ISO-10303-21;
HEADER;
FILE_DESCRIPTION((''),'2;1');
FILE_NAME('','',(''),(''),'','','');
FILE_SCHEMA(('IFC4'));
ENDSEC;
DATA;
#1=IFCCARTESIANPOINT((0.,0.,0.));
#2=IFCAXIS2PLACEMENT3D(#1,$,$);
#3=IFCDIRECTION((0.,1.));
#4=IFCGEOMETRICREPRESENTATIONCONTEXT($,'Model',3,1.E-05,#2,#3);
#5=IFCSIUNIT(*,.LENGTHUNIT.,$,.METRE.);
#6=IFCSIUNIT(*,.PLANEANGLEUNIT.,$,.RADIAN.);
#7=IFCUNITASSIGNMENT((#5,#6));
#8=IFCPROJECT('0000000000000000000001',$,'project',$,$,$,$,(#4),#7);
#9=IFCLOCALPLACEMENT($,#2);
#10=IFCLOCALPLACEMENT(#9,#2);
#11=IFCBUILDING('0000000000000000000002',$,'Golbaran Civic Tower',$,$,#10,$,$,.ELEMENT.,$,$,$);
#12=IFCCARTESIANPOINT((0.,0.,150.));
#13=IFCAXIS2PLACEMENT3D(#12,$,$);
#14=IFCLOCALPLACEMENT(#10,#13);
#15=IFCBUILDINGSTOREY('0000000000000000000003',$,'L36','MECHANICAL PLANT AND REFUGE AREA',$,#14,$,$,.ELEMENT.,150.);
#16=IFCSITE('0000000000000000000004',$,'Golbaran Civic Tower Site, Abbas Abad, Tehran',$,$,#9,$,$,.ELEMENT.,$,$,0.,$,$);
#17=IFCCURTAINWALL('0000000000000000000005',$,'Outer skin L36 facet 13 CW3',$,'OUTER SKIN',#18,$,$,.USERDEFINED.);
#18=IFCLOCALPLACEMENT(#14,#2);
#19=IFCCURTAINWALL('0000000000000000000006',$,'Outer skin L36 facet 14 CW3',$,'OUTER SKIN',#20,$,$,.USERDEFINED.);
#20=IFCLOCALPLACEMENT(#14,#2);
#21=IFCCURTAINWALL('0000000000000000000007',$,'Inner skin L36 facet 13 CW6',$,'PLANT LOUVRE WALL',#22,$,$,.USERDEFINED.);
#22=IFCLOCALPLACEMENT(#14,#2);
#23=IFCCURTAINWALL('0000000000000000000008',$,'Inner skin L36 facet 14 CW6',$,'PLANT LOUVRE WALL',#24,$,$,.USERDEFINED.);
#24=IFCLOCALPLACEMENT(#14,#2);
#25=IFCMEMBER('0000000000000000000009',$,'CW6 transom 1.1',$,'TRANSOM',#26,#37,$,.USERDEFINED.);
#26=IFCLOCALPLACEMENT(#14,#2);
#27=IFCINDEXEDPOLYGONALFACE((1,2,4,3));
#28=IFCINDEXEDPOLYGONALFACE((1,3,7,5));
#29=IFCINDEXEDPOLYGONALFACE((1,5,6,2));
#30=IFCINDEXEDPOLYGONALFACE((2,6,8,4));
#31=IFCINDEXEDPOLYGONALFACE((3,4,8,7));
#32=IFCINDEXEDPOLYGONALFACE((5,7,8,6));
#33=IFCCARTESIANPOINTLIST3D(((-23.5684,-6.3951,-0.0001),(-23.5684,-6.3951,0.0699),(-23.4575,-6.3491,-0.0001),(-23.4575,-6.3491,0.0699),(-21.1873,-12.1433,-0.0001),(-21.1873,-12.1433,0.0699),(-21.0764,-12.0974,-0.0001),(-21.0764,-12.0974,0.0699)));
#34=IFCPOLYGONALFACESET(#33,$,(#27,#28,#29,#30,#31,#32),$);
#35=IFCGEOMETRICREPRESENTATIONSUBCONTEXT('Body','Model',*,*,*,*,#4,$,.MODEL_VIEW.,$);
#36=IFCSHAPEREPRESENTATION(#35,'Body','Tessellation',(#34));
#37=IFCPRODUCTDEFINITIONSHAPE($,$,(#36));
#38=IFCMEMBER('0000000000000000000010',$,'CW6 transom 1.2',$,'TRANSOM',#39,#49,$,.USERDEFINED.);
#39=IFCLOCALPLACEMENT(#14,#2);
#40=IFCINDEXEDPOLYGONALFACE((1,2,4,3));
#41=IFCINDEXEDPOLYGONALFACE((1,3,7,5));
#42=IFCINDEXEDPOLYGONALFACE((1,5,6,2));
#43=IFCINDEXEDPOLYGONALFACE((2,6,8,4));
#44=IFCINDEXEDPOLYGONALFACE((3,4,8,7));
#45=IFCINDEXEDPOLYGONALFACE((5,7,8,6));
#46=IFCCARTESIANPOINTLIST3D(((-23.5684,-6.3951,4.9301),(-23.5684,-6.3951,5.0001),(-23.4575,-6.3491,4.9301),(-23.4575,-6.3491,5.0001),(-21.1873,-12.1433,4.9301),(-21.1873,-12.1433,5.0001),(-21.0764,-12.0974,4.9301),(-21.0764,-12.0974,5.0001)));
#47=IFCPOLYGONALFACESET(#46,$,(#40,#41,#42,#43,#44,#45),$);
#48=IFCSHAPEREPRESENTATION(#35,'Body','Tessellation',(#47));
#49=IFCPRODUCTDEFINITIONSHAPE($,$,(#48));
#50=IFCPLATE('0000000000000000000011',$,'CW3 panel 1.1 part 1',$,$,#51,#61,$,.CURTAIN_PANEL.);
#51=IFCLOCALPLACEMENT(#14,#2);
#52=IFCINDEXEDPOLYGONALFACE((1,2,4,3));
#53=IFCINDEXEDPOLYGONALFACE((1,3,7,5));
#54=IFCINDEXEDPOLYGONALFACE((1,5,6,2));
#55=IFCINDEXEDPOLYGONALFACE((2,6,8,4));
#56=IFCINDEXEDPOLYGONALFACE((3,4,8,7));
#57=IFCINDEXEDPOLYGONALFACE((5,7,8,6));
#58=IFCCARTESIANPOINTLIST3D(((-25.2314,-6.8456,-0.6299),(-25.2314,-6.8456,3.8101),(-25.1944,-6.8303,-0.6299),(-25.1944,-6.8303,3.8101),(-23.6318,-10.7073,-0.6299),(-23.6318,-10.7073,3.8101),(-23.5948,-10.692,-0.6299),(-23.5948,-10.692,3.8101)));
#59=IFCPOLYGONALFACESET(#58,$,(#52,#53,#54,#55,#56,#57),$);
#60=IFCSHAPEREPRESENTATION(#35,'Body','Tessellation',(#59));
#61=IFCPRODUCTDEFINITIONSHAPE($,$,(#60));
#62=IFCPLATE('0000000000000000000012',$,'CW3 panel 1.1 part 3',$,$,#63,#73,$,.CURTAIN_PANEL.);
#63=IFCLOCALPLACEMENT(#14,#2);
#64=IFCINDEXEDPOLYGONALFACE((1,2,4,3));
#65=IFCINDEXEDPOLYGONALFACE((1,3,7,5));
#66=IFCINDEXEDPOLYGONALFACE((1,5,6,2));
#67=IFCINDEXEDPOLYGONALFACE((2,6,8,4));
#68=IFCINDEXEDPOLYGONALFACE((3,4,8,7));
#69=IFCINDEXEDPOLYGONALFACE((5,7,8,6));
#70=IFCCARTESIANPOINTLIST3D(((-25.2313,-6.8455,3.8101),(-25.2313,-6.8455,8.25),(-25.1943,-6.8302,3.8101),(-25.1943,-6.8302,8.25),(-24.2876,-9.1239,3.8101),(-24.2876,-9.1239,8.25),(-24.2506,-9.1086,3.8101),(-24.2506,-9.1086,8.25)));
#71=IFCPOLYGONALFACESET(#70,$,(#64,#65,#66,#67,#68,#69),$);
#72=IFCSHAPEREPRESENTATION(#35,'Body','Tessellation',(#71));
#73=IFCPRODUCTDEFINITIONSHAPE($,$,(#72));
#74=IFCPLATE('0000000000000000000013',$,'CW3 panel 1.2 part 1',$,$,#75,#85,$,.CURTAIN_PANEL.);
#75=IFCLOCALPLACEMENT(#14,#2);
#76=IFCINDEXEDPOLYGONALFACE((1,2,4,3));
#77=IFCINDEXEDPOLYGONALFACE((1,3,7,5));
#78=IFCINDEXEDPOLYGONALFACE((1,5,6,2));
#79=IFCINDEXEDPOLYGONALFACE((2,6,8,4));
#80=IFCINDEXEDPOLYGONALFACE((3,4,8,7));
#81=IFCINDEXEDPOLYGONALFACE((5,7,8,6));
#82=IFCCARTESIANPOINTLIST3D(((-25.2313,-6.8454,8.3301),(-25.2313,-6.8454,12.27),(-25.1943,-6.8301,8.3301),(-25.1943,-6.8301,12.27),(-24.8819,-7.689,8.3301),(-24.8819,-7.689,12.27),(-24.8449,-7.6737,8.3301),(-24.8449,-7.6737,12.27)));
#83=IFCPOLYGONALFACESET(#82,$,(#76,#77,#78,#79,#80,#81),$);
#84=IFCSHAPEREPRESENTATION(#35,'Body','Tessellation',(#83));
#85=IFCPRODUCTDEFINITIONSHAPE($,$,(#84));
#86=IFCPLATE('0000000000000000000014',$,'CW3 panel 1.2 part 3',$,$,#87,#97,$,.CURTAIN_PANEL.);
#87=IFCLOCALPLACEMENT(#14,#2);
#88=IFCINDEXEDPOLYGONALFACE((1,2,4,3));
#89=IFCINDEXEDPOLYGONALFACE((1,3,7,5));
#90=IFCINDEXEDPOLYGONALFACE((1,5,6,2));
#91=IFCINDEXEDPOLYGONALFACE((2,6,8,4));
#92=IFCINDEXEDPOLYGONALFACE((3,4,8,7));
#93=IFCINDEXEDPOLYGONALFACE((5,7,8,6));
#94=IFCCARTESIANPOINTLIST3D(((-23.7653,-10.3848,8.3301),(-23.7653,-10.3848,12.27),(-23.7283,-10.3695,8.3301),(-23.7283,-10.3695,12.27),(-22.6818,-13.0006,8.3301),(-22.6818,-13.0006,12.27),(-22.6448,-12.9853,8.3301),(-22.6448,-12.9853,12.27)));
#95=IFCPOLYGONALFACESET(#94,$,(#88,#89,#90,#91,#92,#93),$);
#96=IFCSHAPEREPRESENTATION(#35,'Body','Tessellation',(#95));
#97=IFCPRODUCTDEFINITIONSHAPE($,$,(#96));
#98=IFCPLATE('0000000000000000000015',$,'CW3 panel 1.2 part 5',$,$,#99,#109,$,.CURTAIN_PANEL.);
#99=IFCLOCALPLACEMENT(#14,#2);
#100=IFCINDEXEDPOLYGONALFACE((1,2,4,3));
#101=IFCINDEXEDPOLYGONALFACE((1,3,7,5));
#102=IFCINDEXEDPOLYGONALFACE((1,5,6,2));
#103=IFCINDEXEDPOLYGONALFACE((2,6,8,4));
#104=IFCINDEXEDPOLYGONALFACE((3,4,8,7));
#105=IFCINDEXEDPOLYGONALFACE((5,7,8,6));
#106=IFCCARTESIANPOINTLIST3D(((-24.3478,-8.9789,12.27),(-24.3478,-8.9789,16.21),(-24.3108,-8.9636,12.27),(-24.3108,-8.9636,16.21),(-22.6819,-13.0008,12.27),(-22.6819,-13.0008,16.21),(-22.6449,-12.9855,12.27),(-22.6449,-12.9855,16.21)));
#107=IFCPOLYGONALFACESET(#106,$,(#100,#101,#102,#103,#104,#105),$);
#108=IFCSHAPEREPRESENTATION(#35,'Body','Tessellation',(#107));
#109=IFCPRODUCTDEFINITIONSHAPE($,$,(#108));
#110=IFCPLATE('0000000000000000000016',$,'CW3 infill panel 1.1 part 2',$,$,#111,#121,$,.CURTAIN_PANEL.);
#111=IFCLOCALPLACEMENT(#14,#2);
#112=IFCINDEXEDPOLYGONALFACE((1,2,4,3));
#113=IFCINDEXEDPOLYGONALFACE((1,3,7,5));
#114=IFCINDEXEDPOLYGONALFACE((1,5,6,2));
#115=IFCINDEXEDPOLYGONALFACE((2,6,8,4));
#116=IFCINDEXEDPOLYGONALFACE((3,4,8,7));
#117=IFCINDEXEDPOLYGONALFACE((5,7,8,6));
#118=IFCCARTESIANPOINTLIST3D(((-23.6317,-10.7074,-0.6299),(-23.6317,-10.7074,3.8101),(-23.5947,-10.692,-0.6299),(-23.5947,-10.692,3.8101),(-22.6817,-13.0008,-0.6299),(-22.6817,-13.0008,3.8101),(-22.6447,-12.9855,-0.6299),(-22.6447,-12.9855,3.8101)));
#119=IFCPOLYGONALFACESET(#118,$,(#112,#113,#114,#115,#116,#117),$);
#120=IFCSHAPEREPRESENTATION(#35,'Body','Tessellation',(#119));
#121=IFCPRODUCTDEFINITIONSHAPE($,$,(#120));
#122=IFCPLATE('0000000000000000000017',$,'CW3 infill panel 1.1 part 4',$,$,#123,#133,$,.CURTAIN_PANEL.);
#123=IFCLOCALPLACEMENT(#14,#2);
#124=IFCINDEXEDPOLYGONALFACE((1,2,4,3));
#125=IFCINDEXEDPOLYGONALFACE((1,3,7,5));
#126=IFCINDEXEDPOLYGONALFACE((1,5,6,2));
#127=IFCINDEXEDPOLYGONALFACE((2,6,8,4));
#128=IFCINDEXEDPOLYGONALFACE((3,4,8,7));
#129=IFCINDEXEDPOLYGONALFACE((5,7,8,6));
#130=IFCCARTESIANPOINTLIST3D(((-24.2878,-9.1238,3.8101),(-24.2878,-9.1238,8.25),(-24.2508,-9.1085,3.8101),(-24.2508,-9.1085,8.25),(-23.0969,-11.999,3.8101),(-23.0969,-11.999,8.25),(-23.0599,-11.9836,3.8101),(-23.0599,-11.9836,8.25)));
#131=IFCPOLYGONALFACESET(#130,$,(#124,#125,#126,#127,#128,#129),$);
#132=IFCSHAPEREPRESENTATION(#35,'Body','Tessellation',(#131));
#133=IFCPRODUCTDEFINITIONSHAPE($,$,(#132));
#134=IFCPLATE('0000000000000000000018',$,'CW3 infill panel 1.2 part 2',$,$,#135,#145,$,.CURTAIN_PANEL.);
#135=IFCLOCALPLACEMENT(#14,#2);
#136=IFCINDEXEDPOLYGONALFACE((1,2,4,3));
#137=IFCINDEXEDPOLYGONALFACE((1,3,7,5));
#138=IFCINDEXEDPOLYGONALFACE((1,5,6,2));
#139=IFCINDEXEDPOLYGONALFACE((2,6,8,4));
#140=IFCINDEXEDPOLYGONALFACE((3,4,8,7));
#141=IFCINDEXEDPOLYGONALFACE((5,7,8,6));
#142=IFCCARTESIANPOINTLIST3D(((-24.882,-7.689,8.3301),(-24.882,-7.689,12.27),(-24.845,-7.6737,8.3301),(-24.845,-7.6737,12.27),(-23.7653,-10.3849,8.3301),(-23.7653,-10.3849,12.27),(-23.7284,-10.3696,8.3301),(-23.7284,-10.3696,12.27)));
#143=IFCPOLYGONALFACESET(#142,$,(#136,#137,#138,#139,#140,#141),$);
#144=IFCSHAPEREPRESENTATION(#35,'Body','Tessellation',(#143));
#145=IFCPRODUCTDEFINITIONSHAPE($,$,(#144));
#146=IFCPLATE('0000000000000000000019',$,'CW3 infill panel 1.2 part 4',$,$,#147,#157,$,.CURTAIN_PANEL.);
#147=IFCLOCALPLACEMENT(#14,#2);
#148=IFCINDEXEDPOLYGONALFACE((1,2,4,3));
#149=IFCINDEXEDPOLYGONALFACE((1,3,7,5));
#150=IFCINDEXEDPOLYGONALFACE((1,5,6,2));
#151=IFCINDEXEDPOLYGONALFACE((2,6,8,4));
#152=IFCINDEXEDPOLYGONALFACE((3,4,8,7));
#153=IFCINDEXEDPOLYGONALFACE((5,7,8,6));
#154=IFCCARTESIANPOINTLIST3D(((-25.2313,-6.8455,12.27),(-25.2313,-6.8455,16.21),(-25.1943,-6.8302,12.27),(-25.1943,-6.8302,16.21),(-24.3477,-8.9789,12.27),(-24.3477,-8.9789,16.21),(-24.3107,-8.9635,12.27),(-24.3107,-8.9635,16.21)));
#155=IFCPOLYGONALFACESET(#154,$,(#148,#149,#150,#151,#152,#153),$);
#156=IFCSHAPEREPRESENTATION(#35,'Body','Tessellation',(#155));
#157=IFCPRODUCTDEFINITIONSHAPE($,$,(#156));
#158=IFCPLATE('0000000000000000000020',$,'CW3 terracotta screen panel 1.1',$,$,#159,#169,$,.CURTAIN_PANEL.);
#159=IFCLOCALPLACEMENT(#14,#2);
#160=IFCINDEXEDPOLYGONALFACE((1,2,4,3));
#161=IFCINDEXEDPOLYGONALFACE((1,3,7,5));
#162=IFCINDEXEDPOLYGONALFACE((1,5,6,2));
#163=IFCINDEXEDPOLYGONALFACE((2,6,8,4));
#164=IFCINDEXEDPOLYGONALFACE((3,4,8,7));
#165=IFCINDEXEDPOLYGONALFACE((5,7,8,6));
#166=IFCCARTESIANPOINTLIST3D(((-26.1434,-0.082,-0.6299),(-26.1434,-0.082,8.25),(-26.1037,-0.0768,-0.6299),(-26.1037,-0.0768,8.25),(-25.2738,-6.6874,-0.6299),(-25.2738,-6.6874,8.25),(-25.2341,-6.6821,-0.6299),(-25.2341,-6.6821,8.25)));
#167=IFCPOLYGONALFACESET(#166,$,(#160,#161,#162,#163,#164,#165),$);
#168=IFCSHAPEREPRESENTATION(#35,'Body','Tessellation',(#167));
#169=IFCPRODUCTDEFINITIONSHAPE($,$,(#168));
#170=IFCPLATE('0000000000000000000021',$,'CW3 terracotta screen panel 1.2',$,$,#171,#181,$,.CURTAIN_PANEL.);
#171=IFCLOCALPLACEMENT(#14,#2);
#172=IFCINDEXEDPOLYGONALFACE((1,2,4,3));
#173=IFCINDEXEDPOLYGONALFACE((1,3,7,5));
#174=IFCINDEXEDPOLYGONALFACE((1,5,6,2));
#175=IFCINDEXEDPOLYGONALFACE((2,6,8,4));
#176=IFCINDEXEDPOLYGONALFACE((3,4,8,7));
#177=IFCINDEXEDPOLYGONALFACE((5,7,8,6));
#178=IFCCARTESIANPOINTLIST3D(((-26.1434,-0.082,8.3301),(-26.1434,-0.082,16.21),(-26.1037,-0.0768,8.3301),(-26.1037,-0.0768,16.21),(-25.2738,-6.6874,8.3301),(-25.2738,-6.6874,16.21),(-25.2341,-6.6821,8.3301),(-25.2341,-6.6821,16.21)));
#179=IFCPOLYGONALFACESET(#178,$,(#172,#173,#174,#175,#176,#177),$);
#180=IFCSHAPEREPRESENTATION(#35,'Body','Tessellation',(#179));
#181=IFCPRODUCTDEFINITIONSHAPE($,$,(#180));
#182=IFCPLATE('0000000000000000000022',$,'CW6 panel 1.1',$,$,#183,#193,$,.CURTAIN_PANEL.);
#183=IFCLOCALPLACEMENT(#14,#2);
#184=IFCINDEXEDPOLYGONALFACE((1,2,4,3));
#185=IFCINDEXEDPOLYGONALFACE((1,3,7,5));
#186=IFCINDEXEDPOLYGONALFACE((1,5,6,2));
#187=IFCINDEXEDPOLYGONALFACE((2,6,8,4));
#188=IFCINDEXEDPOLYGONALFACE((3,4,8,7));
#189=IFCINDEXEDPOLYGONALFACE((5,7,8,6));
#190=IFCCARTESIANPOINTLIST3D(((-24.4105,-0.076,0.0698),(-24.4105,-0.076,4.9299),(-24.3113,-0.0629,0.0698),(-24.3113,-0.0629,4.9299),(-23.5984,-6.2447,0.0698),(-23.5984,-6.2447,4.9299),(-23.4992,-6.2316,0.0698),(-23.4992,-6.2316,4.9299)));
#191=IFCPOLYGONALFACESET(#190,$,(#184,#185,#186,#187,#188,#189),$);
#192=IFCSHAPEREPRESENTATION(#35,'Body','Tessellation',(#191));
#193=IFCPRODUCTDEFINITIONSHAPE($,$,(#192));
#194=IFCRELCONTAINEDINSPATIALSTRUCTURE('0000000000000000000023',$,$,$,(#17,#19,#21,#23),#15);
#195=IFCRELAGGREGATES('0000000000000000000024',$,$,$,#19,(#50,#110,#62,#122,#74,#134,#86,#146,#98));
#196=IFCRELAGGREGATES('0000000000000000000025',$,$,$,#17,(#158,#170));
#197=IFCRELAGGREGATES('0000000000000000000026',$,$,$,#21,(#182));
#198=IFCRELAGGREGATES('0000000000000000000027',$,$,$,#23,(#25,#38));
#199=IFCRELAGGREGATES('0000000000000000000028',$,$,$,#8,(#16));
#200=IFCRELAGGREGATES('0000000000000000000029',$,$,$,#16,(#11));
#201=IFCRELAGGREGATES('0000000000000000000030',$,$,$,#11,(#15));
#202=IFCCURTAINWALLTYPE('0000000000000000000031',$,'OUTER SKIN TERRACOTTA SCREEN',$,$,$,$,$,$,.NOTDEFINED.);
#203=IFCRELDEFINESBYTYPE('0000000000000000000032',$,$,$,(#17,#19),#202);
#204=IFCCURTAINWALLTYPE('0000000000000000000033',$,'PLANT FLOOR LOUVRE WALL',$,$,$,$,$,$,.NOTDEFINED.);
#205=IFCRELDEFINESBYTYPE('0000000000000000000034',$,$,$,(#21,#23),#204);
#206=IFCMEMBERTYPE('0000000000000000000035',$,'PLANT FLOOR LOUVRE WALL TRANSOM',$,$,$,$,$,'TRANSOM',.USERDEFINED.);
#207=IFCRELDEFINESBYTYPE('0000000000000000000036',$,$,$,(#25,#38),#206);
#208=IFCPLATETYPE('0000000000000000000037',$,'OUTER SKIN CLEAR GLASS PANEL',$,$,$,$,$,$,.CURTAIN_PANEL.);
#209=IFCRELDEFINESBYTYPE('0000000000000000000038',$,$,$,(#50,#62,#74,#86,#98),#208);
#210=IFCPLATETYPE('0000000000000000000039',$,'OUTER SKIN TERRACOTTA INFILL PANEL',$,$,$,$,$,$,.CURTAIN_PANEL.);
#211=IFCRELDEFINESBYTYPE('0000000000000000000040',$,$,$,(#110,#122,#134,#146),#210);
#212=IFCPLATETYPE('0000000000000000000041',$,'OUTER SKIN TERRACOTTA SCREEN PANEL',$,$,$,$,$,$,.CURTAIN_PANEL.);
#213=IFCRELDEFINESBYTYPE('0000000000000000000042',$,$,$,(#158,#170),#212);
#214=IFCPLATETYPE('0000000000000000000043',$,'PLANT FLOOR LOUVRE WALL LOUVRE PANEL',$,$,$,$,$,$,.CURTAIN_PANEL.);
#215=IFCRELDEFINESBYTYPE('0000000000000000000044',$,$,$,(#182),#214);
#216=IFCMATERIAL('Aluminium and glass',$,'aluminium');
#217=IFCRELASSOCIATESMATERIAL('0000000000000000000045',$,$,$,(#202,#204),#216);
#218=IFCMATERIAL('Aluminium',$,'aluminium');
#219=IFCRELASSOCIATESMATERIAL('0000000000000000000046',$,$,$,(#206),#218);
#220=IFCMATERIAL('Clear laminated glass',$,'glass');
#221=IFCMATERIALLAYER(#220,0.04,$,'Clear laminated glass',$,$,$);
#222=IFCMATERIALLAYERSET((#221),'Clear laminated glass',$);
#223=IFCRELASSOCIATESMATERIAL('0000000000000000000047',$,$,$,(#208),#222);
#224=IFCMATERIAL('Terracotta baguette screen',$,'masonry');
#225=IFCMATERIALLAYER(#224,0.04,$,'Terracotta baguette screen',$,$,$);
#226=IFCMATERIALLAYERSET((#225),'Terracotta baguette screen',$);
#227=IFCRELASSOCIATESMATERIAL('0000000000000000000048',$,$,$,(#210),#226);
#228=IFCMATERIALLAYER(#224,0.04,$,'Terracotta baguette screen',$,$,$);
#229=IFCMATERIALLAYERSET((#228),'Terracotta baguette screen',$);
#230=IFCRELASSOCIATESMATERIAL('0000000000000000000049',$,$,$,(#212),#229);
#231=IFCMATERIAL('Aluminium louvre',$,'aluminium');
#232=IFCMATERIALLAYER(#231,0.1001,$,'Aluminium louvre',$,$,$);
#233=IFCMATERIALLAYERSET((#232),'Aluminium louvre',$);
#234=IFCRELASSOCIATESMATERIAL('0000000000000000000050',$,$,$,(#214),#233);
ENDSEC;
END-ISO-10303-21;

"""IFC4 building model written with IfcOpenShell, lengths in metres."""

from ifc_helpers import new_model, si_unit, direction, frame, origin, origin_2d, place, context, subcontext, project, spatial, rectangle, extrude, material, layer, layer_set, material_profile, profile_set, type_object, element, aggregate, save


model = new_model("IFC4")

# Units and contexts
model_context = context("Model", 3, precision=1e-05, world=origin(), true_north=direction((0.0, 1.0)))
body_context = subcontext(model_context, "Body", "Model", "MODEL_VIEW")
ifc_project = project(units=[si_unit("LENGTHUNIT", "METRE"), si_unit("PLANEANGLEUNIT", "RADIAN")], contexts=[model_context])

# Site, building, storey
site_placement = place(None, origin())
site = spatial("IfcSite", under=ifc_project, at=site_placement, Name="Golbaran Civic Tower Site, Abbas Abad, Tehran", CompositionType="ELEMENT", RefElevation=0.0)
building_placement = place(site_placement, origin())
building = spatial("IfcBuilding", under=site, at=building_placement, Name="Golbaran Civic Tower", CompositionType="ELEMENT")
storey_placement = place(building_placement, frame((0.0, 0.0, 150.0)))
storey = spatial("IfcBuildingStorey", under=building, at=storey_placement, Name="L36", Description="MECHANICAL PLANT AND REFUGE AREA", CompositionType="ELEMENT", Elevation=150.0)

# Curtain wall
ifc_material_1 = material(Name="Aluminium and glass", Category="aluminium")
curtain_wall_type_1 = type_object("IfcCurtainWallType", Name="OUTER SKIN TERRACOTTA SCREEN", PredefinedType="NOTDEFINED", material=ifc_material_1)
curtain_wall_1_placement = place(storey_placement, origin())
curtain_wall_1 = element("IfcCurtainWall", 1, at=curtain_wall_1_placement, inside=storey, type_object=curtain_wall_type_1, Name="Outer skin L36 facet 13 CW3", ObjectType="OUTER SKIN", PredefinedType="USERDEFINED")
ifc_material_2 = material(Name="Aluminium", Category="aluminium")

# Curtain wall
curtain_wall_2_placement = place(storey_placement, origin())
curtain_wall_2 = element("IfcCurtainWall", 2, at=curtain_wall_2_placement, inside=storey, type_object=curtain_wall_type_1, Name="Outer skin L36 facet 14 CW3", ObjectType="OUTER SKIN", PredefinedType="USERDEFINED")

# Curtain wall
curtain_wall_type_2 = type_object("IfcCurtainWallType", Name="PLANT FLOOR LOUVRE WALL", PredefinedType="NOTDEFINED", material=ifc_material_1)
curtain_wall_3_placement = place(storey_placement, origin())
curtain_wall_3 = element("IfcCurtainWall", 3, at=curtain_wall_3_placement, inside=storey, type_object=curtain_wall_type_2, Name="Inner skin L36 facet 13 CW6", ObjectType="PLANT LOUVRE WALL", PredefinedType="USERDEFINED")

# Curtain wall
curtain_wall_4_placement = place(storey_placement, origin())
curtain_wall_4 = element("IfcCurtainWall", 4, at=curtain_wall_4_placement, inside=storey, type_object=curtain_wall_type_2, Name="Inner skin L36 facet 14 CW6", ObjectType="PLANT LOUVRE WALL", PredefinedType="USERDEFINED")

# Members
ifc_material_profile_1 = material_profile(ifc_material_2, rectangle(XDim=0.1201, YDim=0.0701, at=origin_2d()), Name="PLANT FLOOR LOUVRE WALL TRANSOM")
ifc_profile_set_1 = profile_set([ifc_material_profile_1], Name="Aluminium")
member_type_1 = type_object("IfcMemberType", Name="PLANT FLOOR LOUVRE WALL TRANSOM", ElementType="TRANSOM", PredefinedType="USERDEFINED", material=ifc_profile_set_1)
member_1_placement = place(storey_placement, frame((-23.5129, -6.3721, 0.0349), z_axis=(0.382695, -0.923875, 0.0), x_axis=(0.923875, 0.382695, 0.0)))
member_1 = element("IfcMember", 5, at=member_1_placement, type_object=member_type_1, Name="CW6 transom 1.1", ObjectType="TRANSOM", PredefinedType="USERDEFINED", context=body_context, shape_type="SweptSolid", body=[
    extrude(rectangle(XDim=0.1201, YDim=0.0701, at=origin_2d()), origin(), (0.0, 0.0, 1.0), 6.2219),
])
member_2_placement = place(storey_placement, frame((-23.5129, -6.3721, 4.9651), z_axis=(0.382695, -0.923875, 0.0), x_axis=(0.923875, 0.382695, 0.0)))
member_2 = element("IfcMember", 6, at=member_2_placement, type_object=member_type_1, Name="CW6 transom 1.2", ObjectType="TRANSOM", PredefinedType="USERDEFINED", context=body_context, shape_type="SweptSolid", body=[
    extrude(rectangle(XDim=0.1201, YDim=0.0701, at=origin_2d()), origin(), (0.0, 0.0, 1.0), 6.2219),
])

# Plates
ifc_material_3 = material(Name="Clear laminated glass", Category="glass")
ifc_layer_1 = layer(ifc_material_3, 0.04, Name="Clear laminated glass")
ifc_layer_set_1 = layer_set([ifc_layer_1], Name="Clear laminated glass")
plate_type_1 = type_object("IfcPlateType", Name="OUTER SKIN CLEAR GLASS PANEL", PredefinedType="CURTAIN_PANEL", material=ifc_layer_set_1)
plate_1_placement = place(storey_placement, frame((-24.4131, -8.7688, -0.6299), z_axis=(0.0, 0.0, 1.0), x_axis=(0.382683, -0.92388, 0.0)))
plate_1 = element("IfcPlate", 7, at=plate_1_placement, type_object=plate_type_1, Name="CW3 panel 1.1 part 1", PredefinedType="CURTAIN_PANEL", context=body_context, shape_type="SweptSolid", body=[
    extrude(rectangle(XDim=4.1799, YDim=0.04, at=origin_2d()), origin(), (0.0, 0.0, 1.0), 4.4399),
])
plate_2_placement = place(storey_placement, frame((-24.741, -7.9771, 3.8101), z_axis=(0.0, 0.0, 1.0), x_axis=(0.382683, -0.92388, 0.0)))
plate_2 = element("IfcPlate", 8, at=plate_2_placement, type_object=plate_type_1, Name="CW3 panel 1.1 part 3", PredefinedType="CURTAIN_PANEL", context=body_context, shape_type="SweptSolid", body=[
    extrude(rectangle(XDim=2.4661, YDim=0.04, at=origin_2d()), origin(), (0.0, 0.0, 1.0), 4.4399),
])
plate_3_placement = place(storey_placement, frame((-25.0381, -7.2595, 8.3301), z_axis=(0.0, 0.0, 1.0), x_axis=(0.382683, -0.92388, 0.0)))
plate_3 = element("IfcPlate", 9, at=plate_3_placement, type_object=plate_type_1, Name="CW3 panel 1.2 part 1", PredefinedType="CURTAIN_PANEL", context=body_context, shape_type="SweptSolid", body=[
    extrude(rectangle(XDim=0.9131, YDim=0.04, at=origin_2d()), origin(), (0.0, 0.0, 1.0), 3.9399),
])
plate_4_placement = place(storey_placement, frame((-23.2051, -11.6851, 8.3301), z_axis=(0.0, 0.0, 1.0), x_axis=(0.382683, -0.92388, 0.0)))
plate_4 = element("IfcPlate", 10, at=plate_4_placement, type_object=plate_type_1, Name="CW3 panel 1.2 part 3", PredefinedType="CURTAIN_PANEL", context=body_context, shape_type="SweptSolid", body=[
    extrude(rectangle(XDim=2.8313, YDim=0.04, at=origin_2d()), origin(), (0.0, 0.0, 1.0), 3.9399),
])
plate_5_placement = place(storey_placement, frame((-23.4963, -10.9822, 12.27), z_axis=(0.0, 0.0, 1.0), x_axis=(0.382683, -0.92388, 0.0)))
plate_5 = element("IfcPlate", 11, at=plate_5_placement, type_object=plate_type_1, Name="CW3 panel 1.2 part 5", PredefinedType="CURTAIN_PANEL", context=body_context, shape_type="SweptSolid", body=[
    extrude(rectangle(XDim=4.3533, YDim=0.04, at=origin_2d()), origin(), (0.0, 0.0, 1.0), 3.9399),
])
ifc_material_4 = material(Name="Terracotta baguette screen", Category="masonry")
ifc_layer_2 = layer(ifc_material_4, 0.04, Name="Terracotta baguette screen")
ifc_layer_set_2 = layer_set([ifc_layer_2], Name="Terracotta baguette screen")
plate_type_2 = type_object("IfcPlateType", Name="OUTER SKIN TERRACOTTA INFILL PANEL", PredefinedType="CURTAIN_PANEL", material=ifc_layer_set_2)
plate_6_placement = place(storey_placement, frame((-23.1382, -11.8464, -0.6299), z_axis=(0.0, 0.0, 1.0), x_axis=(0.382683, -0.92388, 0.0)))
plate_6 = element("IfcPlate", 12, at=plate_6_placement, type_object=plate_type_2, Name="CW3 infill panel 1.1 part 2", PredefinedType="CURTAIN_PANEL", context=body_context, shape_type="SweptSolid", body=[
    extrude(rectangle(XDim=2.4824, YDim=0.04, at=origin_2d()), origin(), (0.0, 0.0, 1.0), 4.4399),
])
plate_7_placement = place(storey_placement, frame((-23.6738, -10.5537, 3.8101), z_axis=(0.0, 0.0, 1.0), x_axis=(0.382683, -0.92388, 0.0)))
plate_7 = element("IfcPlate", 13, at=plate_7_placement, type_object=plate_type_2, Name="CW3 infill panel 1.1 part 4", PredefinedType="CURTAIN_PANEL", context=body_context, shape_type="SweptSolid", body=[
    extrude(rectangle(XDim=3.1121, YDim=0.04, at=origin_2d()), origin(), (0.0, 0.0, 1.0), 4.4399),
])
plate_8_placement = place(storey_placement, frame((-24.3052, -9.0293, 8.3301), z_axis=(0.0, 0.0, 1.0), x_axis=(0.382683, -0.92388, 0.0)))
plate_8 = element("IfcPlate", 14, at=plate_8_placement, type_object=plate_type_2, Name="CW3 infill panel 1.2 part 2", PredefinedType="CURTAIN_PANEL", context=body_context, shape_type="SweptSolid", body=[
    extrude(rectangle(XDim=2.918, YDim=0.04, at=origin_2d()), origin(), (0.0, 0.0, 1.0), 3.9399),
])
plate_9_placement = place(storey_placement, frame((-24.771, -7.9045, 12.27), z_axis=(0.0, 0.0, 1.0), x_axis=(0.382683, -0.92388, 0.0)))
plate_9 = element("IfcPlate", 15, at=plate_9_placement, type_object=plate_type_2, Name="CW3 infill panel 1.2 part 4", PredefinedType="CURTAIN_PANEL", context=body_context, shape_type="SweptSolid", body=[
    extrude(rectangle(XDim=2.3091, YDim=0.04, at=origin_2d()), origin(), (0.0, 0.0, 1.0), 3.9399),
])
aggregate(curtain_wall_2, [plate_1, plate_6, plate_2, plate_7, plate_3, plate_8, plate_4, plate_9, plate_5])
ifc_layer_3 = layer(ifc_material_4, 0.04, Name="Terracotta baguette screen")
ifc_layer_set_3 = layer_set([ifc_layer_3], Name="Terracotta baguette screen")
plate_type_3 = type_object("IfcPlateType", Name="OUTER SKIN TERRACOTTA SCREEN PANEL", PredefinedType="CURTAIN_PANEL", material=ifc_layer_set_3)
plate_10_placement = place(storey_placement, frame((-25.6887, -3.3821, -0.6299), z_axis=(0.0, 0.0, 1.0), x_axis=(0.130526, -0.991445, 0.0)))
plate_10 = element("IfcPlate", 16, at=plate_10_placement, type_object=plate_type_3, Name="CW3 terracotta screen panel 1.1", PredefinedType="CURTAIN_PANEL", context=body_context, shape_type="SweptSolid", body=[
    extrude(rectangle(XDim=6.6624, YDim=0.04, at=origin_2d()), origin(), (0.0, 0.0, 1.0), 8.8799),
])
plate_11_placement = place(storey_placement, frame((-25.6887, -3.3821, 8.3301), z_axis=(0.0, 0.0, 1.0), x_axis=(0.130526, -0.991445, 0.0)))
plate_11 = element("IfcPlate", 17, at=plate_11_placement, type_object=plate_type_3, Name="CW3 terracotta screen panel 1.2", PredefinedType="CURTAIN_PANEL", context=body_context, shape_type="SweptSolid", body=[
    extrude(rectangle(XDim=6.6624, YDim=0.04, at=origin_2d()), origin(), (0.0, 0.0, 1.0), 7.8799),
])
aggregate(curtain_wall_1, [plate_10, plate_11])
ifc_material_5 = material(Name="Aluminium louvre", Category="aluminium")
ifc_layer_4 = layer(ifc_material_5, 0.1001, Name="Aluminium louvre")
ifc_layer_set_4 = layer_set([ifc_layer_4], Name="Aluminium louvre")
plate_type_4 = type_object("IfcPlateType", Name="PLANT FLOOR LOUVRE WALL LOUVRE PANEL", PredefinedType="CURTAIN_PANEL", material=ifc_layer_set_4)
plate_12_placement = place(storey_placement, frame((-23.9548, -3.1538, 0.0698), z_axis=(0.0, 0.0, 1.0), x_axis=(0.130526, -0.991445, 0.0)))
plate_12 = element("IfcPlate", 18, at=plate_12_placement, type_object=plate_type_4, Name="CW6 panel 1.1", PredefinedType="CURTAIN_PANEL", context=body_context, shape_type="SweptSolid", body=[
    extrude(rectangle(XDim=6.2219, YDim=0.1001, at=origin_2d()), origin(), (0.0, 0.0, 1.0), 4.8601),
])
aggregate(curtain_wall_3, [plate_12])
aggregate(curtain_wall_4, [member_1, member_2])

save(model, "model.ifc")
